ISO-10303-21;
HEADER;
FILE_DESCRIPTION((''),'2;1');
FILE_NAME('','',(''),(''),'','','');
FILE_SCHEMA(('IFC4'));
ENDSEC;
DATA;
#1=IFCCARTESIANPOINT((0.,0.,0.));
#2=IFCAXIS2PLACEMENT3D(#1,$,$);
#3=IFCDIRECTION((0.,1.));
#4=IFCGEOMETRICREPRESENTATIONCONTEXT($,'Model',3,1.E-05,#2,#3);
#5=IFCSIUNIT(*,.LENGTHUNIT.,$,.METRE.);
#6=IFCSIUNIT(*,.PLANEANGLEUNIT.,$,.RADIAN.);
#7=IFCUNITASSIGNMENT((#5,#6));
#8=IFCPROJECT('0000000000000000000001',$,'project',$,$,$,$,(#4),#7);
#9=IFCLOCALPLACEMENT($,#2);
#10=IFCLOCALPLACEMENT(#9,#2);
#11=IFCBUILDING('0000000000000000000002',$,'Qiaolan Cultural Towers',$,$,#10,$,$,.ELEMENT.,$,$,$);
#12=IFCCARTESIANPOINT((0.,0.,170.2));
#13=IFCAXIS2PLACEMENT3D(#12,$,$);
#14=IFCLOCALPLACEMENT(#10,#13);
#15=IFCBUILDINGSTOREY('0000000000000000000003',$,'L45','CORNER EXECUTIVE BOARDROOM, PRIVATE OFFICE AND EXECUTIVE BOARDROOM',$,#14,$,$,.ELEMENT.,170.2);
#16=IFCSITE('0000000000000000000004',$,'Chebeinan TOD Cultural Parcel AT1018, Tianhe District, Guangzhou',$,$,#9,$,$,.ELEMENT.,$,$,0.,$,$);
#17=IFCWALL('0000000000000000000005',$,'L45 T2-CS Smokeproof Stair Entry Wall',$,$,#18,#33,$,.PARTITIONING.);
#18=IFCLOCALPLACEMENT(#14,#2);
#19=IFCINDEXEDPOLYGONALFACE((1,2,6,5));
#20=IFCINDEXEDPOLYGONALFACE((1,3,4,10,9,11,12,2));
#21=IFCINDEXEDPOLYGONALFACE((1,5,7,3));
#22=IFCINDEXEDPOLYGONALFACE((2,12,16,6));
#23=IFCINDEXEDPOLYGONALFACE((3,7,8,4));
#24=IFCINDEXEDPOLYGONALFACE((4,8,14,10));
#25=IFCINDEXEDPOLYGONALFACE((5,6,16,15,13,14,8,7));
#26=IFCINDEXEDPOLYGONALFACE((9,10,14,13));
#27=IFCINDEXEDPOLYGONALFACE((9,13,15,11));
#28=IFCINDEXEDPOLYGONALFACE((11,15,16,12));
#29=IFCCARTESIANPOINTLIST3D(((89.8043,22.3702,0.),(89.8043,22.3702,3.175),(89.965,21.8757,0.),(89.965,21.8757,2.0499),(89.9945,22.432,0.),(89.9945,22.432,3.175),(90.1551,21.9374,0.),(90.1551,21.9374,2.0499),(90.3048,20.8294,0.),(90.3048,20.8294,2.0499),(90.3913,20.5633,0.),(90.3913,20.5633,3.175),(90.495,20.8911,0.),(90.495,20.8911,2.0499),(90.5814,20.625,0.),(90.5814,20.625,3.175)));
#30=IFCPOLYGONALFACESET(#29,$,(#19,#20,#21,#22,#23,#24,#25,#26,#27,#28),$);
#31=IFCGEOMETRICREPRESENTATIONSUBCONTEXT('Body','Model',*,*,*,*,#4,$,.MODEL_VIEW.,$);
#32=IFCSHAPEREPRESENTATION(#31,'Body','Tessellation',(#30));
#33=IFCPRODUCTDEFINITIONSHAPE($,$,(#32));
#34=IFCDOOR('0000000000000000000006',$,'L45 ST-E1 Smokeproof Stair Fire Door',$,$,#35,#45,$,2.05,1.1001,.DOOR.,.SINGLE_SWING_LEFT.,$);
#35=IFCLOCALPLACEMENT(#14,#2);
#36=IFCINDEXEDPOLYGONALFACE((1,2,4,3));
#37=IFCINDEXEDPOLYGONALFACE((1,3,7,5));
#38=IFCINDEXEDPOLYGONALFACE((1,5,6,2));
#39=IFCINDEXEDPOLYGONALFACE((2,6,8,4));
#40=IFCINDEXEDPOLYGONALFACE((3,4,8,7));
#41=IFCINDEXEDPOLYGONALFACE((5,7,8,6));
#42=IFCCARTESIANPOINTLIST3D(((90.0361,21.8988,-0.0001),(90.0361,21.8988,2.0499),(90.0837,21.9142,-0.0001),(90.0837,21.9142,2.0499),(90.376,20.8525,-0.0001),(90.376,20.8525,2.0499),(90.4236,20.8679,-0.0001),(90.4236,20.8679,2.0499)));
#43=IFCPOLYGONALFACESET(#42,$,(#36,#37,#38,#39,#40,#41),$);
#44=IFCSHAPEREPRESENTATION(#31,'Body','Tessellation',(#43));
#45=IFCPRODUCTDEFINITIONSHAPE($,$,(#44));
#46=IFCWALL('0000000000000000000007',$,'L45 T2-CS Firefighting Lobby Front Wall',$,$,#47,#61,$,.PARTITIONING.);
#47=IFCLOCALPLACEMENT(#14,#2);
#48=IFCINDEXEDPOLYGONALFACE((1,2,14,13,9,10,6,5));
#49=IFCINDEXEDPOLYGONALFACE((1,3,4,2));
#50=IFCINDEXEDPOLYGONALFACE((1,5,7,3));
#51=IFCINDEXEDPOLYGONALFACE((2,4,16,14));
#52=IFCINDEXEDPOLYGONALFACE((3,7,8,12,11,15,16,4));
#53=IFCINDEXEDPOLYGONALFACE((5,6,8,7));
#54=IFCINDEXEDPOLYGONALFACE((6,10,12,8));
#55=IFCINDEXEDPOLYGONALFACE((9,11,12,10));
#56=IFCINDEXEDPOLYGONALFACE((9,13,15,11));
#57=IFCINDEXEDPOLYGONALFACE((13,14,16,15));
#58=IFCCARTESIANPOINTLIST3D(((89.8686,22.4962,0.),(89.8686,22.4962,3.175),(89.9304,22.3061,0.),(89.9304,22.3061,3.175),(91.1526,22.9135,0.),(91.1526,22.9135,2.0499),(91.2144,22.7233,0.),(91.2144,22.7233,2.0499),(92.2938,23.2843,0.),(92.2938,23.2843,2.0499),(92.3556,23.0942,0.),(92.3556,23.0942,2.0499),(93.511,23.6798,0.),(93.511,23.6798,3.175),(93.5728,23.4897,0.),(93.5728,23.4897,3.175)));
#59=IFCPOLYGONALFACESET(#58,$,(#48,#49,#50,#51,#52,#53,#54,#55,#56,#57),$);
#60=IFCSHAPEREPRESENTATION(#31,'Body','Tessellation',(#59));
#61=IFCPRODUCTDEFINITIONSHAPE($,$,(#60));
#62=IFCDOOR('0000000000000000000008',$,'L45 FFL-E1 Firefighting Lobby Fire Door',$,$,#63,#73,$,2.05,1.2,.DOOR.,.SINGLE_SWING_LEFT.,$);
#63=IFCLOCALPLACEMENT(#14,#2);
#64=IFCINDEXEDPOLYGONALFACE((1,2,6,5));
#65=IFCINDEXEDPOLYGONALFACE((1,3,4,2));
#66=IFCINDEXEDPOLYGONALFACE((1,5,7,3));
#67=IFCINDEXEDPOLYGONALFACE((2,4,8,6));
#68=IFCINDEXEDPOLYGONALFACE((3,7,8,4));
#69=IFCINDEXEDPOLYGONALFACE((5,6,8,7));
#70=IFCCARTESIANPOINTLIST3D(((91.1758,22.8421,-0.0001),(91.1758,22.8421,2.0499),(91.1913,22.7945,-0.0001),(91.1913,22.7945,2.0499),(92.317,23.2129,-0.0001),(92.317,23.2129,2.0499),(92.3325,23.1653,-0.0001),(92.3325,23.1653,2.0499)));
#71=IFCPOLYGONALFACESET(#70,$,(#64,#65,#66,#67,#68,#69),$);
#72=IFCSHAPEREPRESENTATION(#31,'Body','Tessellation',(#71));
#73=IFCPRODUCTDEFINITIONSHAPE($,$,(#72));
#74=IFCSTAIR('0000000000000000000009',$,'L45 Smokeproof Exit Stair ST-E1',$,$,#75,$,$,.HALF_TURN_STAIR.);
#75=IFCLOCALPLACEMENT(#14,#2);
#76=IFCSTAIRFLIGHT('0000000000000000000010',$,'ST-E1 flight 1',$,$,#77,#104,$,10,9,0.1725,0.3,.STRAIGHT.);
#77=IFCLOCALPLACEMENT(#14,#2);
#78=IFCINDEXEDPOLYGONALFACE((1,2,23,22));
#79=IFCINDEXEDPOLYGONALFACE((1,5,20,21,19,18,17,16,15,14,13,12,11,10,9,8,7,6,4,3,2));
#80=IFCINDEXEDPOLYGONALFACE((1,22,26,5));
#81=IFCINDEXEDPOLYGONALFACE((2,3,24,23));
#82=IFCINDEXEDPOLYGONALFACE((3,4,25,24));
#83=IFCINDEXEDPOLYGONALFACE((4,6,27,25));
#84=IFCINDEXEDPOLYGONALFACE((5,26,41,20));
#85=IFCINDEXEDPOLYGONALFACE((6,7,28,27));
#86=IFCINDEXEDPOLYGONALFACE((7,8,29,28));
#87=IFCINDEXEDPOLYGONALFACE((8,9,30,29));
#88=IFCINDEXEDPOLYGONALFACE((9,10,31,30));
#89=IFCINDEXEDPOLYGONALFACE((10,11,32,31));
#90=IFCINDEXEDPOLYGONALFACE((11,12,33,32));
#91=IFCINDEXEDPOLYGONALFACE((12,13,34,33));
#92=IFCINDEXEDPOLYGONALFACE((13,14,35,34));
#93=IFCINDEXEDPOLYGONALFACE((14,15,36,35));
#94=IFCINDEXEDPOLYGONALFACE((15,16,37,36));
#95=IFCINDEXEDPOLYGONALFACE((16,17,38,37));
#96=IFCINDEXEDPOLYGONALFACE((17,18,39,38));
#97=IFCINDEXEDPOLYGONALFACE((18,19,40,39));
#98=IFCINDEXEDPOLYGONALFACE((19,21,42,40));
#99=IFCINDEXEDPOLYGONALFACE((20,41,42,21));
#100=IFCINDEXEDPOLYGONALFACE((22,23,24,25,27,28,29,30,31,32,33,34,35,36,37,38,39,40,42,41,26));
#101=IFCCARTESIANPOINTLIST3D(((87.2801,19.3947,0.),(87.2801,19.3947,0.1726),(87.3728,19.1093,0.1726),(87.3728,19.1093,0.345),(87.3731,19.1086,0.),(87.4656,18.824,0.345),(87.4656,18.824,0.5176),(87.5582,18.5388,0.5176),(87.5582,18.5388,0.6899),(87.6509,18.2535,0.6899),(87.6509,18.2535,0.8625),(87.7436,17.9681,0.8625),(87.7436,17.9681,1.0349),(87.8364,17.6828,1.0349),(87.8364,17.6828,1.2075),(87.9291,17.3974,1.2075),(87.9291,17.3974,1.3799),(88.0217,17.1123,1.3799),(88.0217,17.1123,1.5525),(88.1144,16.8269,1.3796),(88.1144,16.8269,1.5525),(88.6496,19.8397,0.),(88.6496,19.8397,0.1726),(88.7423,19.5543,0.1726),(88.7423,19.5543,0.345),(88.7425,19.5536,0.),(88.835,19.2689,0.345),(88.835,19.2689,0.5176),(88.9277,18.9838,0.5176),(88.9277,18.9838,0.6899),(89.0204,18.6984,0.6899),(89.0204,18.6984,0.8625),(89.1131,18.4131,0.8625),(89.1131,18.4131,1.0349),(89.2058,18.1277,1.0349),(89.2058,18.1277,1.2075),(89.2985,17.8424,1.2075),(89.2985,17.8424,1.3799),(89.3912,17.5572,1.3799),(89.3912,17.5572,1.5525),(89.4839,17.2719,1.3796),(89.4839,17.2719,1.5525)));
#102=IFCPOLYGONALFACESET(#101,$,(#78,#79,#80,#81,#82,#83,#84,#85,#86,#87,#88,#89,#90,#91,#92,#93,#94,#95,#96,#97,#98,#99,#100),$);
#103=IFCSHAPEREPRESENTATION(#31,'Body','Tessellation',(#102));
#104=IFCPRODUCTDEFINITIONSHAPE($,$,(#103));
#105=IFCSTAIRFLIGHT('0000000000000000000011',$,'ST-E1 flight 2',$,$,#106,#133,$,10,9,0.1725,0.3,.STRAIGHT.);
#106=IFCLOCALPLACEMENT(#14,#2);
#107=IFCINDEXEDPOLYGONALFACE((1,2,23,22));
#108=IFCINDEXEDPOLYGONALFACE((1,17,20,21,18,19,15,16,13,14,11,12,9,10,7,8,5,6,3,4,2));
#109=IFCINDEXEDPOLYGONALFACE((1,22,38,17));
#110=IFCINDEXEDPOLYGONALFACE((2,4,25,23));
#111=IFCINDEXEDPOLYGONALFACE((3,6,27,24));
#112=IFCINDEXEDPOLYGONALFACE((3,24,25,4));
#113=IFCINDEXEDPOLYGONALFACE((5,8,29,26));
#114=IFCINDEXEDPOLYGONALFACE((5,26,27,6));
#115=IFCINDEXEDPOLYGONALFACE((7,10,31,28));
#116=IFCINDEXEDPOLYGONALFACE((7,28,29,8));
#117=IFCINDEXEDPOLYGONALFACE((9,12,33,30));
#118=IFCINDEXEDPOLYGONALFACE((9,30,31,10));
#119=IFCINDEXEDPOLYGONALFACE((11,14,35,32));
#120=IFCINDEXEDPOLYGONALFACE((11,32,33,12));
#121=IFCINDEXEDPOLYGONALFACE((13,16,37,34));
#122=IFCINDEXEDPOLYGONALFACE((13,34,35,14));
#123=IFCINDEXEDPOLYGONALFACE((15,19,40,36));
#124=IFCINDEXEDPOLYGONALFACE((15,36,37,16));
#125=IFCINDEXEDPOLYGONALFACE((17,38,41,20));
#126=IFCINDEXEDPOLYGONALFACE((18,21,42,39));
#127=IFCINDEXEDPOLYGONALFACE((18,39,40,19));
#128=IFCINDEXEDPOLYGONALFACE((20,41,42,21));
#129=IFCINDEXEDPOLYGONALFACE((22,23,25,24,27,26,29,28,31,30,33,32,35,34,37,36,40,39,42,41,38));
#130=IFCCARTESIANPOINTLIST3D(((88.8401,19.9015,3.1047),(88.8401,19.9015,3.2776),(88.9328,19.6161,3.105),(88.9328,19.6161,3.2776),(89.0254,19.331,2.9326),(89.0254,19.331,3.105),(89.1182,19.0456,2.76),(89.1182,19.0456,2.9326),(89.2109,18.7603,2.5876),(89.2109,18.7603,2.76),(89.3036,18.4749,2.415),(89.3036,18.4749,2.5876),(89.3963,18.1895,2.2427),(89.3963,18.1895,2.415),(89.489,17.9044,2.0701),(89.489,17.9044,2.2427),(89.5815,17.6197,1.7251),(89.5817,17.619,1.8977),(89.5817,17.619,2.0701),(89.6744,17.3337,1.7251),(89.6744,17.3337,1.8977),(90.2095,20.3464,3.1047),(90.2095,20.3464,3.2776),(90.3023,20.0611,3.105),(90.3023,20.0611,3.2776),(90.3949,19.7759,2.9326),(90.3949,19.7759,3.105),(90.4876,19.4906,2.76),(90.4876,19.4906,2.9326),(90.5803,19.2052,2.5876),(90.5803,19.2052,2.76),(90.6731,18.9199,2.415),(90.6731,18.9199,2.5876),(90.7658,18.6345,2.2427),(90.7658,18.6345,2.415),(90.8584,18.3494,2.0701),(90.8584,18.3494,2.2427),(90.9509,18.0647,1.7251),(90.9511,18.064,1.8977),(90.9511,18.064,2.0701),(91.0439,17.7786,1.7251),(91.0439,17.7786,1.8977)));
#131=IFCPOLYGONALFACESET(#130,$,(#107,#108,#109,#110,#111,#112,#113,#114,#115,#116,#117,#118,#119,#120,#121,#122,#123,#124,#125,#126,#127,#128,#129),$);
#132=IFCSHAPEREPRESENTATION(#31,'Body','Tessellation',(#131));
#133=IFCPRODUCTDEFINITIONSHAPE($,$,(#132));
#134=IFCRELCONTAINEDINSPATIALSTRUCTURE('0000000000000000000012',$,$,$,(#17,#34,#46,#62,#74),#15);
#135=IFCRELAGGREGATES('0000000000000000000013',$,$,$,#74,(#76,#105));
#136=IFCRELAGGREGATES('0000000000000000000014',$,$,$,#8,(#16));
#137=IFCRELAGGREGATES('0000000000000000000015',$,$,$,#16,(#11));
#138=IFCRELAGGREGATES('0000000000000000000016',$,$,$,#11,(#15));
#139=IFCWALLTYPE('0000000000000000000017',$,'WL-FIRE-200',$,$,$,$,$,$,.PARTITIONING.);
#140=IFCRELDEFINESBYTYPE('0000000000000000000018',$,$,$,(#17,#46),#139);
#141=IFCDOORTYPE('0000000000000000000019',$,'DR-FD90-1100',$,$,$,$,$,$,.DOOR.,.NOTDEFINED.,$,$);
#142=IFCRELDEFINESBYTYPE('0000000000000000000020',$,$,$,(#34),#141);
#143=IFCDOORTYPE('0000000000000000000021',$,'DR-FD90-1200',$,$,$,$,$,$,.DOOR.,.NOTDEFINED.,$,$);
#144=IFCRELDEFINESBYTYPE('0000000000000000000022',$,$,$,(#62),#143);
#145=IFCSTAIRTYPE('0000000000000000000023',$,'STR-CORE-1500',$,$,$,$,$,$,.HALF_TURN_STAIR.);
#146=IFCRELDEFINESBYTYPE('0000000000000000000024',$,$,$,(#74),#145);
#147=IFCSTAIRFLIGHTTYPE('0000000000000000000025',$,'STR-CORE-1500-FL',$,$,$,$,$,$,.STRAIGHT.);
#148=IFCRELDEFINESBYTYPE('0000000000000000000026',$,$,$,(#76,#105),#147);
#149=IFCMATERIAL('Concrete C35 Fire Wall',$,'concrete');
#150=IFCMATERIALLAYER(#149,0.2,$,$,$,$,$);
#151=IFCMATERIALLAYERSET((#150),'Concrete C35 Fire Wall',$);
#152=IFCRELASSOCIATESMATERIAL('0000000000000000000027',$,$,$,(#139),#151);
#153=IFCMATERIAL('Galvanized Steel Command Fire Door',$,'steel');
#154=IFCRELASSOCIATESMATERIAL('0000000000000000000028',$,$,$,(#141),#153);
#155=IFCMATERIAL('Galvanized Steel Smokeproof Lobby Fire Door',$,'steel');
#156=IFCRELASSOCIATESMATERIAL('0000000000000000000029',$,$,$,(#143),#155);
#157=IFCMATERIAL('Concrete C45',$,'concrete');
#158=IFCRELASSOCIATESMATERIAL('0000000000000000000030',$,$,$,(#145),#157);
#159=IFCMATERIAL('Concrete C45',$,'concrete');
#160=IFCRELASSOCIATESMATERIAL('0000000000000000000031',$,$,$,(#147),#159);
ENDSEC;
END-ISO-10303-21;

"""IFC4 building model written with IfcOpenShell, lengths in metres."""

from ifc_helpers import new_model, si_unit, direction, frame, frame_2d, origin, place, context, subcontext, project, spatial, polyline, rectangle, outline, extrude, material, layer, layer_set, type_object, element, fill, aggregate, save


model = new_model("IFC4")

# Units and contexts
model_context = context("Model", 3, precision=1e-05, world=origin(), true_north=direction((0.0, 1.0)))
body_context = subcontext(model_context, "Body", "Model", "MODEL_VIEW")
ifc_project = project(units=[si_unit("LENGTHUNIT", "METRE"), si_unit("PLANEANGLEUNIT", "RADIAN")], contexts=[model_context])

# Site, building, storey
site_placement = place(None, origin())
site = spatial("IfcSite", under=ifc_project, at=site_placement, Name="Chebeinan TOD Cultural Parcel AT1018, Tianhe District, Guangzhou", CompositionType="ELEMENT", RefElevation=0.0)
building_placement = place(site_placement, origin())
building = spatial("IfcBuilding", under=site, at=building_placement, Name="Qiaolan Cultural Towers", CompositionType="ELEMENT")
storey_placement = place(building_placement, frame((0.0, 0.0, 170.2)))
storey = spatial("IfcBuildingStorey", under=building, at=storey_placement, Name="L45", Description="CORNER EXECUTIVE BOARDROOM, PRIVATE OFFICE AND EXECUTIVE BOARDROOM", CompositionType="ELEMENT", Elevation=170.2)

# Walls, openings, doors
ifc_material_1 = material(Name="Concrete C35 Fire Wall", Category="concrete")
ifc_layer_1 = layer(ifc_material_1, 0.2)
ifc_layer_set_1 = layer_set([ifc_layer_1], Name="Concrete C35 Fire Wall")
wall_type_1 = type_object("IfcWallType", Name="WL-FIRE-200", PredefinedType="PARTITIONING", material=ifc_layer_set_1)
wall_1_placement = place(storey_placement, frame((89.8994, 22.4011, 0.0), z_axis=(0.0, 0.0, 1.0), x_axis=(0.308932, -0.951084, 0.0)))
wall_1 = element("IfcWall", 1, at=wall_1_placement, inside=storey, type_object=wall_type_1, Name="L45 T2-CS Smokeproof Stair Entry Wall", PredefinedType="PARTITIONING", context=body_context, shape_type="SweptSolid", body=[
    extrude(rectangle(XDim=1.8999, YDim=0.2, at=frame_2d((0.95, 0.0))), origin(), (0.0, 0.0, 1.0), 3.175),
])
opening_1_placement = place(wall_1_placement, frame((0.52, 0.0, 0.0)))
opening_1 = element("IfcOpeningElement", 2, at=opening_1_placement, cuts=wall_1, PredefinedType="OPENING", context=body_context, shape_type="SweptSolid", body=[
    extrude(rectangle(XDim=1.1001, YDim=2.05, at=frame_2d((0.55, 1.0249))), frame((0.0, 0.1099, 0.0), z_axis=(0.0, -1.0, 0.0), x_axis=(1.0, 0.0, 0.0)), (0.0, 0.0, 1.0), 0.22),
])
ifc_material_2 = material(Name="Galvanized Steel Command Fire Door", Category="steel")
door_type_1 = type_object("IfcDoorType", Name="DR-FD90-1100", OperationType="NOTDEFINED", PredefinedType="DOOR", material=ifc_material_2)
door_1_placement = place(opening_1_placement, origin())
door_1 = element("IfcDoor", 3, at=door_1_placement, inside=storey, type_object=door_type_1, Name="L45 ST-E1 Smokeproof Stair Fire Door", OperationType="SINGLE_SWING_LEFT", OverallHeight=2.05, OverallWidth=1.1001, PredefinedType="DOOR", context=body_context, shape_type="SweptSolid", body=[
    extrude(rectangle(XDim=1.1001, YDim=2.05, at=frame_2d((0.55, 1.0249))), frame((0.0, 0.0249, 0.0), z_axis=(0.0, -1.0, 0.0), x_axis=(1.0, 0.0, 0.0)), (0.0, 0.0, 1.0), 0.05),
])
fill(opening_1, door_1)
wall_2_placement = place(storey_placement, frame((89.8994, 22.4011, 0.0), z_axis=(0.0, 0.0, 1.0), x_axis=(0.951047, 0.309047, 0.0)))
wall_2 = element("IfcWall", 4, at=wall_2_placement, inside=storey, type_object=wall_type_1, Name="L45 T2-CS Firefighting Lobby Front Wall", PredefinedType="PARTITIONING", context=body_context, shape_type="SweptSolid", body=[
    extrude(rectangle(XDim=3.8298, YDim=0.2, at=frame_2d((1.915, 0.0))), origin(), (0.0, 0.0, 1.0), 3.175),
])
opening_2_placement = place(wall_2_placement, frame((1.3501, 0.0, 0.0)))
opening_2 = element("IfcOpeningElement", 5, at=opening_2_placement, cuts=wall_2, PredefinedType="OPENING", context=body_context, shape_type="SweptSolid", body=[
    extrude(rectangle(XDim=1.2, YDim=2.05, at=frame_2d((0.6001, 1.0249))), frame((0.0, 0.1099, 0.0), z_axis=(0.0, -1.0, 0.0), x_axis=(1.0, 0.0, 0.0)), (0.0, 0.0, 1.0), 0.22),
])
ifc_material_3 = material(Name="Galvanized Steel Smokeproof Lobby Fire Door", Category="steel")
door_type_2 = type_object("IfcDoorType", Name="DR-FD90-1200", OperationType="NOTDEFINED", PredefinedType="DOOR", material=ifc_material_3)
door_2_placement = place(opening_2_placement, origin())
door_2 = element("IfcDoor", 6, at=door_2_placement, inside=storey, type_object=door_type_2, Name="L45 FFL-E1 Firefighting Lobby Fire Door", OperationType="SINGLE_SWING_LEFT", OverallHeight=2.05, OverallWidth=1.2, PredefinedType="DOOR", context=body_context, shape_type="SweptSolid", body=[
    extrude(rectangle(XDim=1.2, YDim=2.05, at=frame_2d((0.6001, 1.0249))), frame((0.0, 0.0249, 0.0), z_axis=(0.0, -1.0, 0.0), x_axis=(1.0, 0.0, 0.0)), (0.0, 0.0, 1.0), 0.05),
])
fill(opening_2, door_2)

# Stair, stair flights
ifc_material_4 = material(Name="Concrete C45", Category="concrete")
stair_type = type_object("IfcStairType", Name="STR-CORE-1500", PredefinedType="HALF_TURN_STAIR", material=ifc_material_4)
stair_placement = place(storey_placement, origin())
stair = element("IfcStair", 7, at=stair_placement, inside=storey, type_object=stair_type, Name="L45 Smokeproof Exit Stair ST-E1", PredefinedType="HALF_TURN_STAIR")
ifc_material_5 = material(Name="Concrete C45", Category="concrete")
stair_flight_type = type_object("IfcStairFlightType", Name="STR-CORE-1500-FL", PredefinedType="STRAIGHT", material=ifc_material_5)
stair_flight_1_placement = place(storey_placement, frame((87.9648, 19.6172, 0.0), z_axis=(0.0, 0.0, 1.0), x_axis=(0.309017, -0.951057, 0.0)))
stair_flight_1 = element("IfcStairFlight", 8, at=stair_flight_1_placement, type_object=stair_flight_type, Name="ST-E1 flight 1", NumberOfRisers=10, NumberOfTreads=9, PredefinedType="STRAIGHT", RiserHeight=0.1725, TreadLength=0.3, context=body_context, shape_type="SweptSolid", body=[
    extrude(outline(polyline([(0.0, 0.0), (0.0, 0.1726), (0.3, 0.1726), (0.3, 0.345), (0.6001, 0.345), (0.6001, 0.5176), (0.8999, 0.5176), (0.8999, 0.6899), (1.2, 0.6899), (1.2, 0.8625), (1.5, 0.8625), (1.5, 1.0349), (1.8, 1.0349), (1.8, 1.2075), (2.1001, 1.2075), (2.1001, 1.3799), (2.3999, 1.3799), (2.3999, 1.5525), (2.7, 1.5525), (2.7, 1.7251), (2.7, 1.3796), (0.3008, 0.0), (0.0, 0.0)])), frame((0.0, 0.72, 0.0), z_axis=(0.0, -1.0, 0.0), x_axis=(1.0, 0.0, 0.0)), (0.0, 0.0, 1.0), 1.4399),
])
stair_flight_2_placement = place(storey_placement, frame((90.3591, 17.5562, 1.7251), z_axis=(0.0, 0.0, 1.0), x_axis=(-0.309017, 0.951057, 0.0)))
stair_flight_2 = element("IfcStairFlight", 9, at=stair_flight_2_placement, type_object=stair_flight_type, Name="ST-E1 flight 2", NumberOfRisers=10, NumberOfTreads=9, PredefinedType="STRAIGHT", RiserHeight=0.1725, TreadLength=0.3, context=body_context, shape_type="SweptSolid", body=[
    extrude(outline(polyline([(0.0, 0.0), (0.0, 0.1726), (0.3, 0.1726), (0.3, 0.345), (0.6001, 0.345), (0.6001, 0.5176), (0.8999, 0.5176), (0.8999, 0.6899), (1.2, 0.6899), (1.2, 0.8625), (1.5, 0.8625), (1.5, 1.0349), (1.8, 1.0349), (1.8, 1.2075), (2.1001, 1.2075), (2.1001, 1.3799), (2.3999, 1.3799), (2.3999, 1.5525), (2.7, 1.5525), (2.7, 1.7251), (2.7, 1.3796), (0.3008, 0.0), (0.0, 0.0)])), frame((0.0, 0.72, 0.0), z_axis=(0.0, -1.0, 0.0), x_axis=(1.0, 0.0, 0.0)), (0.0, 0.0, 1.0), 1.4399),
])
aggregate(stair, [stair_flight_1, stair_flight_2])

save(model, "model.ifc")
